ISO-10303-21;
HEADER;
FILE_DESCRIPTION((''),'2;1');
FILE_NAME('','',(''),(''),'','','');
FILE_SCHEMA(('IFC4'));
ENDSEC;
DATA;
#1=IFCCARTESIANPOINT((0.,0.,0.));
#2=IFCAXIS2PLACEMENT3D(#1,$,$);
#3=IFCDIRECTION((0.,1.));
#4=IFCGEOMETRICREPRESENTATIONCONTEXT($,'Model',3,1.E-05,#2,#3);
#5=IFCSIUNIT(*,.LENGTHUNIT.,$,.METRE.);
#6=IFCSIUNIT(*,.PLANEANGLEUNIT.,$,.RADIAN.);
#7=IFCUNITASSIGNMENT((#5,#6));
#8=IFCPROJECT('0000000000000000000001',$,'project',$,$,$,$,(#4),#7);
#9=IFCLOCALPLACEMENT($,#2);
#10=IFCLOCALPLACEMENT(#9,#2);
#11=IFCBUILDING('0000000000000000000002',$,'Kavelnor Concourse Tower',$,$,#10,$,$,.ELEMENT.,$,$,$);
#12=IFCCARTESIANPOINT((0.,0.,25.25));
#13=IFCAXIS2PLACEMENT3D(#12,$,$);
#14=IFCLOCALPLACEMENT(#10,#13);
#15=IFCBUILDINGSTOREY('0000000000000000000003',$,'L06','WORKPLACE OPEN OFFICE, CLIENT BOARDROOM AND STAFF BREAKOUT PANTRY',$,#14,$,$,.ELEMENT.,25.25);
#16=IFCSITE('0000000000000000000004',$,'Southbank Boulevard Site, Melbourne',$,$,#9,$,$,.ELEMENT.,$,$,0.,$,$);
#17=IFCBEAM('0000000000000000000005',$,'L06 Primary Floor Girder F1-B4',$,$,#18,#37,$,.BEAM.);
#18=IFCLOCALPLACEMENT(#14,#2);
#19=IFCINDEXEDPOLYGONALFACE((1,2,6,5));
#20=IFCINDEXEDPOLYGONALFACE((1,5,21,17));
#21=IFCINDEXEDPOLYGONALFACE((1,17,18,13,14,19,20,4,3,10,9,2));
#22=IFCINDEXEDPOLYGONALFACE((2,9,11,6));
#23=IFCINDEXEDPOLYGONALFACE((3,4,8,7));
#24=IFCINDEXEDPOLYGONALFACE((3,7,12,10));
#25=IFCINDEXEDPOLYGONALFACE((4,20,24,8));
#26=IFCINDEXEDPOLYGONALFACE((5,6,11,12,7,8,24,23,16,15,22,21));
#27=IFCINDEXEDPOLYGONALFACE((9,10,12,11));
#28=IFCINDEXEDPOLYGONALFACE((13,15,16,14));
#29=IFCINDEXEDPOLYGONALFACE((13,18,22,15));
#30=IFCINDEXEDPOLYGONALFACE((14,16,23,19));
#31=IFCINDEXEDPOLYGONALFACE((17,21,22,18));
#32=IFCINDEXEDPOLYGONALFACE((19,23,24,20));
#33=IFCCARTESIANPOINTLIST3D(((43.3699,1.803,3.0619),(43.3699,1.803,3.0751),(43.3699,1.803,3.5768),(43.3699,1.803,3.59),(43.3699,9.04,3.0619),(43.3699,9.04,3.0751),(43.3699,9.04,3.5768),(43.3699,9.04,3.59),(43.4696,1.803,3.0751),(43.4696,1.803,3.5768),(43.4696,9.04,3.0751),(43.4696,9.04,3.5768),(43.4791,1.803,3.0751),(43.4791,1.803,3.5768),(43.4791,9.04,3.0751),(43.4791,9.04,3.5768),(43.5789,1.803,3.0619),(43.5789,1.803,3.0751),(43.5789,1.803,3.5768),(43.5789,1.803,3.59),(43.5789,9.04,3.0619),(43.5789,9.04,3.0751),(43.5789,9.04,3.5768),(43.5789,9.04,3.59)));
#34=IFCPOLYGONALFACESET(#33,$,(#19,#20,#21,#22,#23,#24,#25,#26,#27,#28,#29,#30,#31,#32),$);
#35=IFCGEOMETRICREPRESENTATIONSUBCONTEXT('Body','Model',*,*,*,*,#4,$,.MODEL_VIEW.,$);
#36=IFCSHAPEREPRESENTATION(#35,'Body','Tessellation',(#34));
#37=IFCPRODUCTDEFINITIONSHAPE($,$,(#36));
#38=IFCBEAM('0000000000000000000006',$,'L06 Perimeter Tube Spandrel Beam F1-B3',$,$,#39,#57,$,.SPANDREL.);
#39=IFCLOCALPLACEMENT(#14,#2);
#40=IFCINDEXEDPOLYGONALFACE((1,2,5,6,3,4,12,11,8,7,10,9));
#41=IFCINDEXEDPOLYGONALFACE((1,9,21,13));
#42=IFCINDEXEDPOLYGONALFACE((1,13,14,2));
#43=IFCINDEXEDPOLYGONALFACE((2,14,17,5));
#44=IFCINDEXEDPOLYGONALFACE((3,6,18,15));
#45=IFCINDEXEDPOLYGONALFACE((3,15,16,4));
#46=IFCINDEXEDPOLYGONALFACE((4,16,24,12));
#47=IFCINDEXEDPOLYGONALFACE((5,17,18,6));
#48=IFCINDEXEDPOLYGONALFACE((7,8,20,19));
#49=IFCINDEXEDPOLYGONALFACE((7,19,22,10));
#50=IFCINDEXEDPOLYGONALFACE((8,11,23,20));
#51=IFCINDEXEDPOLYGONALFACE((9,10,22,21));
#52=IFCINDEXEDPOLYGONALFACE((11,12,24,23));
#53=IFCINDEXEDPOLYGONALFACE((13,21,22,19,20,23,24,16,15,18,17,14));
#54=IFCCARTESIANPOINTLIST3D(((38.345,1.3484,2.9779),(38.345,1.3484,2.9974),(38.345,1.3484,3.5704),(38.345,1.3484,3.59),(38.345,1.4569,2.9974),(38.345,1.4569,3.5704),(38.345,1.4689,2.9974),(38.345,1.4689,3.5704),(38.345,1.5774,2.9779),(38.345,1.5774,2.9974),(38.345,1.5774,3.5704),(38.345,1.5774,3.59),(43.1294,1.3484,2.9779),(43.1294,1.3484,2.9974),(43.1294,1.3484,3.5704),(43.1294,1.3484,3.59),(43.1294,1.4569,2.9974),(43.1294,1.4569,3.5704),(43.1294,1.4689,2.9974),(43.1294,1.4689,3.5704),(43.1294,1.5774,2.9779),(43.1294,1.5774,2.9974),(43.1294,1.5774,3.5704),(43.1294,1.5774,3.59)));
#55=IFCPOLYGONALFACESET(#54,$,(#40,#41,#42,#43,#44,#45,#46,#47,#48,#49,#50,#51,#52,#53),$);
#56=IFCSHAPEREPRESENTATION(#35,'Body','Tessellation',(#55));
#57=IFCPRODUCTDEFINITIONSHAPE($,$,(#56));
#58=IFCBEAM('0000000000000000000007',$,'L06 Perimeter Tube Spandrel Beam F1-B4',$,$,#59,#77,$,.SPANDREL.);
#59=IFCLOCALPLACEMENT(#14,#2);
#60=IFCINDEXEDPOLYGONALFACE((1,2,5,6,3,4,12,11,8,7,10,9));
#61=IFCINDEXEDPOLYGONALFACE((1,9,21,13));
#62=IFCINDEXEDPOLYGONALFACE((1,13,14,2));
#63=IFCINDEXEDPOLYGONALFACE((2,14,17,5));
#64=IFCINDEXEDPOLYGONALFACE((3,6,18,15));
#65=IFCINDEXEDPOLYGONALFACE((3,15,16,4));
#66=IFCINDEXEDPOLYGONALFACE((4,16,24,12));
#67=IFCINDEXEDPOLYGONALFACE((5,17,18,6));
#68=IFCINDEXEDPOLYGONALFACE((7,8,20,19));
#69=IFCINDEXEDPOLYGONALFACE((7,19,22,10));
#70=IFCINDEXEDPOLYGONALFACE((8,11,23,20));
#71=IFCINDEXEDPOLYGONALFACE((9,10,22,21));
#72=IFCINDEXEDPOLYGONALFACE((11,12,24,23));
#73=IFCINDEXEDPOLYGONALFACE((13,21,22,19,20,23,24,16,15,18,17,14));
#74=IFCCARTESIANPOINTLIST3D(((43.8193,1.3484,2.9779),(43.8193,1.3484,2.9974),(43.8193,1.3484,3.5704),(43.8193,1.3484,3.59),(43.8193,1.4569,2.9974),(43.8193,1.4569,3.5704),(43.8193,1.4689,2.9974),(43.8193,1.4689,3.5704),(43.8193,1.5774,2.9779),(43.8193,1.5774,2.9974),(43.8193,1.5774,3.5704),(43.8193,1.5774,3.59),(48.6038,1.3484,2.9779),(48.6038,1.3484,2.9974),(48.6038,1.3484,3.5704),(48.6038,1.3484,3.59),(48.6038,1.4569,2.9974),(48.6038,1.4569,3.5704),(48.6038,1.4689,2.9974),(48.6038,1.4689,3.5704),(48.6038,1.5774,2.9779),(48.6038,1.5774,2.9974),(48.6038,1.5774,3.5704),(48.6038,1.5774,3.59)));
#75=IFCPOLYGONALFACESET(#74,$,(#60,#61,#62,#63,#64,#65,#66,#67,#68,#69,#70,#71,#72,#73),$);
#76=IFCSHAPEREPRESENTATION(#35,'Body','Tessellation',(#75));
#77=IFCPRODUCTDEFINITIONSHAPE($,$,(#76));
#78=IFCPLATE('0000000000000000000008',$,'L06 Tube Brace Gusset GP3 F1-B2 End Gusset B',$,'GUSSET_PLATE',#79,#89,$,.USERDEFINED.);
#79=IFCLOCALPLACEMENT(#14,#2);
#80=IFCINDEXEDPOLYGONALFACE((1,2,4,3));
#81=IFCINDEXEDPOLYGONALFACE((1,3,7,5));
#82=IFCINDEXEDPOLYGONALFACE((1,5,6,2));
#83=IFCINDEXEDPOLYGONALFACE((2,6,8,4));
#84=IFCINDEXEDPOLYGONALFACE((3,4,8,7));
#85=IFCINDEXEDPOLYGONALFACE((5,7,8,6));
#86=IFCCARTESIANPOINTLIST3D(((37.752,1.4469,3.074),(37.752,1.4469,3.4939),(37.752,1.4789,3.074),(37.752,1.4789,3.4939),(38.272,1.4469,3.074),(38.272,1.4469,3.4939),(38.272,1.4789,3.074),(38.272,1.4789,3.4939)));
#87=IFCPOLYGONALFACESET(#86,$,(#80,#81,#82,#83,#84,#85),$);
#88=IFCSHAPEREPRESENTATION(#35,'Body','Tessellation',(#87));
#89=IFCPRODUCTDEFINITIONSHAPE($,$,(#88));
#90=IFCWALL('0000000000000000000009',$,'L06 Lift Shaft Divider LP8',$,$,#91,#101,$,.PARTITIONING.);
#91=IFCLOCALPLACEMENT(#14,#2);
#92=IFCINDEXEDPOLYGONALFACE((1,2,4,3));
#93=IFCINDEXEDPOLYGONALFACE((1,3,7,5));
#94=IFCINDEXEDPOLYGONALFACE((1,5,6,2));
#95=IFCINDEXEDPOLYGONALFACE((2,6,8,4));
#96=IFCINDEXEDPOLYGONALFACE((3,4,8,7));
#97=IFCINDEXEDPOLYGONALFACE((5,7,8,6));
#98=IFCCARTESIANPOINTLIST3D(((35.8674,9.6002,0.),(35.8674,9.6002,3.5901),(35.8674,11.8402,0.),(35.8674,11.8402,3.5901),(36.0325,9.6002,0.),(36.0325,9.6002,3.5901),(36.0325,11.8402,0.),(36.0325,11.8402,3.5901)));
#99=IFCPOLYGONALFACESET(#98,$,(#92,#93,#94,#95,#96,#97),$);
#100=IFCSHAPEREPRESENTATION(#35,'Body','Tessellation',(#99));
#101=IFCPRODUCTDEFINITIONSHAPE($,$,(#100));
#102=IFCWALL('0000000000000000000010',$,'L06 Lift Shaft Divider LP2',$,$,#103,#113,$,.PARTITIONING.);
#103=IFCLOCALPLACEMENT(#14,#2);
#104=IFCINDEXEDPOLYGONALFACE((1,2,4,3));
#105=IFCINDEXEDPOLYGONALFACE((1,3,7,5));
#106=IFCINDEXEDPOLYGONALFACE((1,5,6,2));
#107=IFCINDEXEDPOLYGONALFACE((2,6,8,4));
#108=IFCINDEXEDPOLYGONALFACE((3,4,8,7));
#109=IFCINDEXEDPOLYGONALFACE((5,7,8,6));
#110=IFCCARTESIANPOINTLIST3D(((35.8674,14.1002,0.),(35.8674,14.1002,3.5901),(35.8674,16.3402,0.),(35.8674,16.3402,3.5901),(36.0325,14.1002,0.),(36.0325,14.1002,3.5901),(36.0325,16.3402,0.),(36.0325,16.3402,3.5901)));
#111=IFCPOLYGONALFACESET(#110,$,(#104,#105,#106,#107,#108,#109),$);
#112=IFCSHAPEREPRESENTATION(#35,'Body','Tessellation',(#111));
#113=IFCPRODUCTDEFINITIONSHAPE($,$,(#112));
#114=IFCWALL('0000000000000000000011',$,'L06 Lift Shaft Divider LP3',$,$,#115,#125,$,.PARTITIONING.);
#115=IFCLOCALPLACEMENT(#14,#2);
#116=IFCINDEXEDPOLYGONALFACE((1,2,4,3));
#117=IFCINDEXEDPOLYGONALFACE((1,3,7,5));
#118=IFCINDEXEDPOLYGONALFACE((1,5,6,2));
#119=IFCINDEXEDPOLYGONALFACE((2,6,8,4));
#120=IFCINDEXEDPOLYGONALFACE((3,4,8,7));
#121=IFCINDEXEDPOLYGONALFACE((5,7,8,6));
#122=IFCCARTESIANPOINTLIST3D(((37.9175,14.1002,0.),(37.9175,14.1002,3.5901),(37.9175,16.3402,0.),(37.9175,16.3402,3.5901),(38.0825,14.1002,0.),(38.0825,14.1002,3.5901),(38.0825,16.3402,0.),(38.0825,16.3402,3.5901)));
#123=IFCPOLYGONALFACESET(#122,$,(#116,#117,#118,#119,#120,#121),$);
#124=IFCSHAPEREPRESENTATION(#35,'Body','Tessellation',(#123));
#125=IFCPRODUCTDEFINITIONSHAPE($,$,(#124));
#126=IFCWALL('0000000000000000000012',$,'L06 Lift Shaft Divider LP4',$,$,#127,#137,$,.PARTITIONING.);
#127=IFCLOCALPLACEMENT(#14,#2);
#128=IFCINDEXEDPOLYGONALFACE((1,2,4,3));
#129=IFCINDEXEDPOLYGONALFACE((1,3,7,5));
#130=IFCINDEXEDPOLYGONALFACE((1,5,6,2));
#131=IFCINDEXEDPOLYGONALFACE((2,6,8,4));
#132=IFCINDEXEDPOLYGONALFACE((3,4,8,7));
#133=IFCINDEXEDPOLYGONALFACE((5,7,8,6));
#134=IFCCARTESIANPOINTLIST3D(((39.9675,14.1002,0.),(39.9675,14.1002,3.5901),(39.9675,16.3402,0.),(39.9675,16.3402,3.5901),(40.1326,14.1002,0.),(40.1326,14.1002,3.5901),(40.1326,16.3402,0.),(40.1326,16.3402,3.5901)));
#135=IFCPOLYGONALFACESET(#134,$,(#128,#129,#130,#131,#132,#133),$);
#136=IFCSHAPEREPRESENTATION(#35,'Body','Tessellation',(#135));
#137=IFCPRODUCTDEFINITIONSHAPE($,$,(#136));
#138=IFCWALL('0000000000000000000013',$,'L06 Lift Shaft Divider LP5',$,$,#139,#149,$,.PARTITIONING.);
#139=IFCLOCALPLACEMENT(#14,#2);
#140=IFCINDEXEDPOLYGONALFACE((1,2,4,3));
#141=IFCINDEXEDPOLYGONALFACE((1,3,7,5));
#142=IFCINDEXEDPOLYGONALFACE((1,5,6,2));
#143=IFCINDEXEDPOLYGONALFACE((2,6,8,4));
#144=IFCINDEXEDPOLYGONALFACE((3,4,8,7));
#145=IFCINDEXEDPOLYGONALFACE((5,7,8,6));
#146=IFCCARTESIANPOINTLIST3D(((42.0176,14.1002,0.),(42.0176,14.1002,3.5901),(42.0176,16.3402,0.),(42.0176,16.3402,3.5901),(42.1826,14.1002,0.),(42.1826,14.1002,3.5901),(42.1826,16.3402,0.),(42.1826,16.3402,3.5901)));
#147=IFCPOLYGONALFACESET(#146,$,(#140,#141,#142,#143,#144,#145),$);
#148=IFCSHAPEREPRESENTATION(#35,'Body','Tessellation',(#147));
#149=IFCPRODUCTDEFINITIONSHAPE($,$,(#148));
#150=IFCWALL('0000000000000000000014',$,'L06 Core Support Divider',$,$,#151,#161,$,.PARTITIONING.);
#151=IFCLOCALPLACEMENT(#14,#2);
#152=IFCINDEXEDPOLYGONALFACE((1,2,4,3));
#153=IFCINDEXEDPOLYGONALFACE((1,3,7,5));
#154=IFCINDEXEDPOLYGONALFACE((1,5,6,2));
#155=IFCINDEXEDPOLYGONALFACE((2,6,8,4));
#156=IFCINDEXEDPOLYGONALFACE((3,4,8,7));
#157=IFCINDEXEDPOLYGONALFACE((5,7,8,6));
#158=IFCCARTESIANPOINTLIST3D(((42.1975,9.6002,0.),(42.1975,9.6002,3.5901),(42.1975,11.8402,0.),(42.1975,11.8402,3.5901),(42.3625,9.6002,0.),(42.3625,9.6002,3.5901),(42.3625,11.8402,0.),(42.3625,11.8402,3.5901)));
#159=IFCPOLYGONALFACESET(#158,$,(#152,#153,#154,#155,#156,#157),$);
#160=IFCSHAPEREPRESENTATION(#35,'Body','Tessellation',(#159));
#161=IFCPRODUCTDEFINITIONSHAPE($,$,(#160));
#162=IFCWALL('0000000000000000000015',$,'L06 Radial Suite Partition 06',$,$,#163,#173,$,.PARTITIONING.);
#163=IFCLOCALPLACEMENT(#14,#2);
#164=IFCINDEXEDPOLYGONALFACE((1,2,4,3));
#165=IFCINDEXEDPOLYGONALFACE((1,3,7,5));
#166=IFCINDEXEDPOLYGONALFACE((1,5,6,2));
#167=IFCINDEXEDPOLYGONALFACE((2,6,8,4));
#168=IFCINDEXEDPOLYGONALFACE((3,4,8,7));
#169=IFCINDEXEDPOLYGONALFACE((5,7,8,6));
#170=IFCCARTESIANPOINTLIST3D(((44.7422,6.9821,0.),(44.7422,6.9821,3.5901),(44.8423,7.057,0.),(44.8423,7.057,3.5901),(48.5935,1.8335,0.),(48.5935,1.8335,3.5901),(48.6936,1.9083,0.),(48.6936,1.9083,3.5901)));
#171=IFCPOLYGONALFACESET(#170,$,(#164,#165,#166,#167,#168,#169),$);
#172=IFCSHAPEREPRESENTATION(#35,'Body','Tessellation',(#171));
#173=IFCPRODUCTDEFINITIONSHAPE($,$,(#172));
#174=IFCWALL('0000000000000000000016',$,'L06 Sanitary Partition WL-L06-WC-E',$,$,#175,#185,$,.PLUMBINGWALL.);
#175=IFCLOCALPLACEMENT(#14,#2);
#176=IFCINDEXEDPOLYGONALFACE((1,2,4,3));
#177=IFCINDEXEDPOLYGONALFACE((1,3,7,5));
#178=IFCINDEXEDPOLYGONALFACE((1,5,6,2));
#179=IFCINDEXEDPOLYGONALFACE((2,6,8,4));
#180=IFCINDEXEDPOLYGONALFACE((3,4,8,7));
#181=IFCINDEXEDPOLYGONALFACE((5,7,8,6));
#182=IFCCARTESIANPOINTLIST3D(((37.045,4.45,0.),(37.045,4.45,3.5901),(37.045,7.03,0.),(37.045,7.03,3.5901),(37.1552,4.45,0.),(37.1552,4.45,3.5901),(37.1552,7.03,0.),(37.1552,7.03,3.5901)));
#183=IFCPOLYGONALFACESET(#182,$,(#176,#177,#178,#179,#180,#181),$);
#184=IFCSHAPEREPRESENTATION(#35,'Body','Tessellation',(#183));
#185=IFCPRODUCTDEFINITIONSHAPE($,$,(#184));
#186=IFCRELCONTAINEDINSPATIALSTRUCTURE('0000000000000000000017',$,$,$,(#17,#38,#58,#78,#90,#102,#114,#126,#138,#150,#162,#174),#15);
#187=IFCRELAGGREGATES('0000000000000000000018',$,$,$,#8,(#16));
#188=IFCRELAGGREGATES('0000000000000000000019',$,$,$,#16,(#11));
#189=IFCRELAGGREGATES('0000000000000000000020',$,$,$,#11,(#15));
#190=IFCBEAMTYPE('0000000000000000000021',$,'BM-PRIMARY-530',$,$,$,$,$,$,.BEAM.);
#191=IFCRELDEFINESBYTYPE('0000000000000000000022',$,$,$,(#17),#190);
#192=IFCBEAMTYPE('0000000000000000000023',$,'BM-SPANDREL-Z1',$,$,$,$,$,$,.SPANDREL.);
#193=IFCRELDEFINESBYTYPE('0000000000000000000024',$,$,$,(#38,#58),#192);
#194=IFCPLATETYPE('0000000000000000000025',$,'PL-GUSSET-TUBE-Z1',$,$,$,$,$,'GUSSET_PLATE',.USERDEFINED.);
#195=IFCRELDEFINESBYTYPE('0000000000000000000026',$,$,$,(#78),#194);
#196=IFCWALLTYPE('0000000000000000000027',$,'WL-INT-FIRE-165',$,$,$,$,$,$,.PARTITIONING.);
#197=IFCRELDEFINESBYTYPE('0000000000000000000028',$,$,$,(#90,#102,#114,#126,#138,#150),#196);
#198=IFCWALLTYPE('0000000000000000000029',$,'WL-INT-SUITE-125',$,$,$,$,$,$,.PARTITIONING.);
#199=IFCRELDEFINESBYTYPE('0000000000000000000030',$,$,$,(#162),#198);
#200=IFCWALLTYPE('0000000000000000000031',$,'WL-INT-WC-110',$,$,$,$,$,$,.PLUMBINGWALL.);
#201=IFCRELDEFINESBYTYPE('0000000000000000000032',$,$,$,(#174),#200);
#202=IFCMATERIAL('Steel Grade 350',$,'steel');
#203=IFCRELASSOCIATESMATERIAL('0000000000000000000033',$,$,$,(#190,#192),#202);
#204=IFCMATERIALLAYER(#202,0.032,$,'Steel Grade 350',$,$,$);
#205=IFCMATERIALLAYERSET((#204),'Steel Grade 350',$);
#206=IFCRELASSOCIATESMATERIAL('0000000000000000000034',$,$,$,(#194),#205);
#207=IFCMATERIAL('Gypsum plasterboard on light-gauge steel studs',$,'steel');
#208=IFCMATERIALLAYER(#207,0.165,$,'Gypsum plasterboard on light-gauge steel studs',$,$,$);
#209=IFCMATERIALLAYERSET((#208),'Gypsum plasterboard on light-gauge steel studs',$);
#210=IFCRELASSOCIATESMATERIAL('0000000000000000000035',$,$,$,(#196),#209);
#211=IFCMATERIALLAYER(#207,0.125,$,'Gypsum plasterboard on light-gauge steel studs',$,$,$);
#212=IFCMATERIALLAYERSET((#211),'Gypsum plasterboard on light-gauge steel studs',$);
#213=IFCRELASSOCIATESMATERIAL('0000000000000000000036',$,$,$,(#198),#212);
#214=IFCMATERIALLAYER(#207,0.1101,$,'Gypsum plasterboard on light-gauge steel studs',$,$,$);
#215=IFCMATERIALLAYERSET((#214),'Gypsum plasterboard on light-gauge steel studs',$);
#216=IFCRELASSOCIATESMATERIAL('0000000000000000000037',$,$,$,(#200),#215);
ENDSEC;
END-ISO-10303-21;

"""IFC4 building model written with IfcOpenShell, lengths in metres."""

from ifc_helpers import new_model, si_unit, direction, frame, frame_2d, origin, origin_2d, place, context, subcontext, project, spatial, rectangle, i_section, extrude, material, layer, layer_set, material_profile, profile_set, type_object, element, save


model = new_model("IFC4")

# Units and contexts
model_context = context("Model", 3, precision=1e-05, world=origin(), true_north=direction((0.0, 1.0)))
body_context = subcontext(model_context, "Body", "Model", "MODEL_VIEW")
ifc_project = project(units=[si_unit("LENGTHUNIT", "METRE"), si_unit("PLANEANGLEUNIT", "RADIAN")], contexts=[model_context])

# Site, building, storey
site_placement = place(None, origin())
site = spatial("IfcSite", under=ifc_project, at=site_placement, Name="Southbank Boulevard Site, Melbourne", CompositionType="ELEMENT", RefElevation=0.0)
building_placement = place(site_placement, origin())
building = spatial("IfcBuilding", under=site, at=building_placement, Name="Kavelnor Concourse Tower", CompositionType="ELEMENT")
storey_placement = place(building_placement, frame((0.0, 0.0, 25.25)))
storey = spatial("IfcBuildingStorey", under=building, at=storey_placement, Name="L06", Description="WORKPLACE OPEN OFFICE, CLIENT BOARDROOM AND STAFF BREAKOUT PANTRY", CompositionType="ELEMENT", Elevation=25.25)

# Shared definitions
ifc_material_1 = material(Name="Steel Grade 350", Category="steel")

# Beams
ifc_material_profile_1 = material_profile(ifc_material_1, i_section(OverallWidth=0.209, OverallDepth=0.5281, WebThickness=0.0095, FlangeThickness=0.0132, at=origin_2d()), Name="530UB82")
ifc_profile_set_1 = profile_set([ifc_material_profile_1], Name="Steel Grade 350")
beam_type_1 = type_object("IfcBeamType", Name="BM-PRIMARY-530", PredefinedType="BEAM", material=ifc_profile_set_1)
for number, where, z_axis, x_axis, name in (
    (1, (43.4744, 9.04, 3.3259), (0.0, -1.0, 0.0), (1.0, 0.0, 0.0), "L06 Primary Floor Girder F1-B4"),
):
    element("IfcBeam", number, at=place(storey_placement, frame(where, z_axis=z_axis, x_axis=x_axis)), inside=storey, type_object=beam_type_1, Name=name, PredefinedType="BEAM", context=body_context, shape_type="SweptSolid", body=[
        extrude(i_section(OverallWidth=0.209, OverallDepth=0.5281, WebThickness=0.0095, FlangeThickness=0.0132, at=origin_2d()), origin(), (0.0, 0.0, 1.0), 7.2371),
    ])
ifc_material_profile_2 = material_profile(ifc_material_1, i_section(OverallWidth=0.229, OverallDepth=0.6121, WebThickness=0.012, FlangeThickness=0.0195, at=origin_2d()), Name="610UB125")
ifc_profile_set_2 = profile_set([ifc_material_profile_2], Name="Steel Grade 350")
beam_type_2 = type_object("IfcBeamType", Name="BM-SPANDREL-Z1", PredefinedType="SPANDREL", material=ifc_profile_set_2)
for number, where, z_axis, x_axis, name in (
    (2, (38.345, 1.4629, 3.2839), (1.0, 0.0, 0.0), (0.0, 1.0, 0.0), "L06 Perimeter Tube Spandrel Beam F1-B3"),
    (3, (43.8193, 1.4629, 3.2839), (1.0, 0.0, 0.0), (0.0, 1.0, 0.0), "L06 Perimeter Tube Spandrel Beam F1-B4"),
):
    element("IfcBeam", number, at=place(storey_placement, frame(where, z_axis=z_axis, x_axis=x_axis)), inside=storey, type_object=beam_type_2, Name=name, PredefinedType="SPANDREL", context=body_context, shape_type="SweptSolid", body=[
        extrude(i_section(OverallWidth=0.229, OverallDepth=0.6121, WebThickness=0.012, FlangeThickness=0.0195, at=origin_2d()), origin(), (0.0, 0.0, 1.0), 4.7844),
    ])

# Plate
ifc_layer_1 = layer(ifc_material_1, 0.032, Name="Steel Grade 350")
ifc_layer_set_1 = layer_set([ifc_layer_1], Name="Steel Grade 350")
plate_type = type_object("IfcPlateType", Name="PL-GUSSET-TUBE-Z1", ElementType="GUSSET_PLATE", PredefinedType="USERDEFINED", material=ifc_layer_set_1)
plate_placement = place(storey_placement, frame((38.012, 1.4629, 3.074), z_axis=(0.0, 0.0, 1.0), x_axis=(1.0, 0.0, 0.0)))
element("IfcPlate", 4, at=plate_placement, inside=storey, type_object=plate_type, Name="L06 Tube Brace Gusset GP3 F1-B2 End Gusset B", ObjectType="GUSSET_PLATE", PredefinedType="USERDEFINED", context=body_context, shape_type="SweptSolid", body=[
    extrude(rectangle(XDim=0.52, YDim=0.032, at=origin_2d()), origin(), (0.0, 0.0, 1.0), 0.4199),
])

# Walls
ifc_material_2 = material(Name="Gypsum plasterboard on light-gauge steel studs", Category="steel")
ifc_layer_2 = layer(ifc_material_2, 0.165, Name="Gypsum plasterboard on light-gauge steel studs")
ifc_layer_set_2 = layer_set([ifc_layer_2], Name="Gypsum plasterboard on light-gauge steel studs")
wall_type_1 = type_object("IfcWallType", Name="WL-INT-FIRE-165", PredefinedType="PARTITIONING", material=ifc_layer_set_2)
for number, where, z_axis, x_axis, name in (
    (5, (35.95, 9.6001, 0.0), (0.0, 0.0, 1.0), (0.0, 1.0, 0.0), "L06 Lift Shaft Divider LP8"),
    (6, (35.95, 14.1001, 0.0), (0.0, 0.0, 1.0), (0.0, 1.0, 0.0), "L06 Lift Shaft Divider LP2"),
    (7, (38.0, 14.1001, 0.0), (0.0, 0.0, 1.0), (0.0, 1.0, 0.0), "L06 Lift Shaft Divider LP3"),
    (8, (40.05, 14.1001, 0.0), (0.0, 0.0, 1.0), (0.0, 1.0, 0.0), "L06 Lift Shaft Divider LP4"),
    (9, (42.1001, 14.1001, 0.0), (0.0, 0.0, 1.0), (0.0, 1.0, 0.0), "L06 Lift Shaft Divider LP5"),
    (10, (42.28, 9.6001, 0.0), (0.0, 0.0, 1.0), (0.0, 1.0, 0.0), "L06 Core Support Divider"),
):
    element("IfcWall", number, at=place(storey_placement, frame(where, z_axis=z_axis, x_axis=x_axis)), inside=storey, type_object=wall_type_1, Name=name, PredefinedType="PARTITIONING", context=body_context, shape_type="SweptSolid", body=[
        extrude(rectangle(XDim=2.24, YDim=0.165, at=frame_2d((1.1201, 0.0))), origin(), (0.0, 0.0, 1.0), 3.5901),
    ])
ifc_layer_3 = layer(ifc_material_2, 0.125, Name="Gypsum plasterboard on light-gauge steel studs")
ifc_layer_set_3 = layer_set([ifc_layer_3], Name="Gypsum plasterboard on light-gauge steel studs")
wall_type_2 = type_object("IfcWallType", Name="WL-INT-SUITE-125", PredefinedType="PARTITIONING", material=ifc_layer_set_3)
wall_1_placement = place(storey_placement, frame((44.7922, 7.0195, 0.0), z_axis=(0.0, 0.0, 1.0), x_axis=(0.598985, -0.80076, 0.0)))
element("IfcWall", 11, at=wall_1_placement, inside=storey, type_object=wall_type_2, Name="L06 Radial Suite Partition 06", PredefinedType="PARTITIONING", context=body_context, shape_type="SweptSolid", body=[
    extrude(rectangle(XDim=6.4297, YDim=0.125, at=frame_2d((3.2148, 0.0))), origin(), (0.0, 0.0, 1.0), 3.5901),
])
ifc_layer_4 = layer(ifc_material_2, 0.1101, Name="Gypsum plasterboard on light-gauge steel studs")
ifc_layer_set_4 = layer_set([ifc_layer_4], Name="Gypsum plasterboard on light-gauge steel studs")
wall_type_3 = type_object("IfcWallType", Name="WL-INT-WC-110", PredefinedType="PLUMBINGWALL", material=ifc_layer_set_4)
wall_2_placement = place(storey_placement, frame((37.1001, 4.45, 0.0), z_axis=(0.0, 0.0, 1.0), x_axis=(0.0, 1.0, 0.0)))
element("IfcWall", 12, at=wall_2_placement, inside=storey, type_object=wall_type_3, Name="L06 Sanitary Partition WL-L06-WC-E", PredefinedType="PLUMBINGWALL", context=body_context, shape_type="SweptSolid", body=[
    extrude(rectangle(XDim=2.5801, YDim=0.1101, at=frame_2d((1.29, 0.0))), origin(), (0.0, 0.0, 1.0), 3.5901),
])

save(model, "model.ifc")
